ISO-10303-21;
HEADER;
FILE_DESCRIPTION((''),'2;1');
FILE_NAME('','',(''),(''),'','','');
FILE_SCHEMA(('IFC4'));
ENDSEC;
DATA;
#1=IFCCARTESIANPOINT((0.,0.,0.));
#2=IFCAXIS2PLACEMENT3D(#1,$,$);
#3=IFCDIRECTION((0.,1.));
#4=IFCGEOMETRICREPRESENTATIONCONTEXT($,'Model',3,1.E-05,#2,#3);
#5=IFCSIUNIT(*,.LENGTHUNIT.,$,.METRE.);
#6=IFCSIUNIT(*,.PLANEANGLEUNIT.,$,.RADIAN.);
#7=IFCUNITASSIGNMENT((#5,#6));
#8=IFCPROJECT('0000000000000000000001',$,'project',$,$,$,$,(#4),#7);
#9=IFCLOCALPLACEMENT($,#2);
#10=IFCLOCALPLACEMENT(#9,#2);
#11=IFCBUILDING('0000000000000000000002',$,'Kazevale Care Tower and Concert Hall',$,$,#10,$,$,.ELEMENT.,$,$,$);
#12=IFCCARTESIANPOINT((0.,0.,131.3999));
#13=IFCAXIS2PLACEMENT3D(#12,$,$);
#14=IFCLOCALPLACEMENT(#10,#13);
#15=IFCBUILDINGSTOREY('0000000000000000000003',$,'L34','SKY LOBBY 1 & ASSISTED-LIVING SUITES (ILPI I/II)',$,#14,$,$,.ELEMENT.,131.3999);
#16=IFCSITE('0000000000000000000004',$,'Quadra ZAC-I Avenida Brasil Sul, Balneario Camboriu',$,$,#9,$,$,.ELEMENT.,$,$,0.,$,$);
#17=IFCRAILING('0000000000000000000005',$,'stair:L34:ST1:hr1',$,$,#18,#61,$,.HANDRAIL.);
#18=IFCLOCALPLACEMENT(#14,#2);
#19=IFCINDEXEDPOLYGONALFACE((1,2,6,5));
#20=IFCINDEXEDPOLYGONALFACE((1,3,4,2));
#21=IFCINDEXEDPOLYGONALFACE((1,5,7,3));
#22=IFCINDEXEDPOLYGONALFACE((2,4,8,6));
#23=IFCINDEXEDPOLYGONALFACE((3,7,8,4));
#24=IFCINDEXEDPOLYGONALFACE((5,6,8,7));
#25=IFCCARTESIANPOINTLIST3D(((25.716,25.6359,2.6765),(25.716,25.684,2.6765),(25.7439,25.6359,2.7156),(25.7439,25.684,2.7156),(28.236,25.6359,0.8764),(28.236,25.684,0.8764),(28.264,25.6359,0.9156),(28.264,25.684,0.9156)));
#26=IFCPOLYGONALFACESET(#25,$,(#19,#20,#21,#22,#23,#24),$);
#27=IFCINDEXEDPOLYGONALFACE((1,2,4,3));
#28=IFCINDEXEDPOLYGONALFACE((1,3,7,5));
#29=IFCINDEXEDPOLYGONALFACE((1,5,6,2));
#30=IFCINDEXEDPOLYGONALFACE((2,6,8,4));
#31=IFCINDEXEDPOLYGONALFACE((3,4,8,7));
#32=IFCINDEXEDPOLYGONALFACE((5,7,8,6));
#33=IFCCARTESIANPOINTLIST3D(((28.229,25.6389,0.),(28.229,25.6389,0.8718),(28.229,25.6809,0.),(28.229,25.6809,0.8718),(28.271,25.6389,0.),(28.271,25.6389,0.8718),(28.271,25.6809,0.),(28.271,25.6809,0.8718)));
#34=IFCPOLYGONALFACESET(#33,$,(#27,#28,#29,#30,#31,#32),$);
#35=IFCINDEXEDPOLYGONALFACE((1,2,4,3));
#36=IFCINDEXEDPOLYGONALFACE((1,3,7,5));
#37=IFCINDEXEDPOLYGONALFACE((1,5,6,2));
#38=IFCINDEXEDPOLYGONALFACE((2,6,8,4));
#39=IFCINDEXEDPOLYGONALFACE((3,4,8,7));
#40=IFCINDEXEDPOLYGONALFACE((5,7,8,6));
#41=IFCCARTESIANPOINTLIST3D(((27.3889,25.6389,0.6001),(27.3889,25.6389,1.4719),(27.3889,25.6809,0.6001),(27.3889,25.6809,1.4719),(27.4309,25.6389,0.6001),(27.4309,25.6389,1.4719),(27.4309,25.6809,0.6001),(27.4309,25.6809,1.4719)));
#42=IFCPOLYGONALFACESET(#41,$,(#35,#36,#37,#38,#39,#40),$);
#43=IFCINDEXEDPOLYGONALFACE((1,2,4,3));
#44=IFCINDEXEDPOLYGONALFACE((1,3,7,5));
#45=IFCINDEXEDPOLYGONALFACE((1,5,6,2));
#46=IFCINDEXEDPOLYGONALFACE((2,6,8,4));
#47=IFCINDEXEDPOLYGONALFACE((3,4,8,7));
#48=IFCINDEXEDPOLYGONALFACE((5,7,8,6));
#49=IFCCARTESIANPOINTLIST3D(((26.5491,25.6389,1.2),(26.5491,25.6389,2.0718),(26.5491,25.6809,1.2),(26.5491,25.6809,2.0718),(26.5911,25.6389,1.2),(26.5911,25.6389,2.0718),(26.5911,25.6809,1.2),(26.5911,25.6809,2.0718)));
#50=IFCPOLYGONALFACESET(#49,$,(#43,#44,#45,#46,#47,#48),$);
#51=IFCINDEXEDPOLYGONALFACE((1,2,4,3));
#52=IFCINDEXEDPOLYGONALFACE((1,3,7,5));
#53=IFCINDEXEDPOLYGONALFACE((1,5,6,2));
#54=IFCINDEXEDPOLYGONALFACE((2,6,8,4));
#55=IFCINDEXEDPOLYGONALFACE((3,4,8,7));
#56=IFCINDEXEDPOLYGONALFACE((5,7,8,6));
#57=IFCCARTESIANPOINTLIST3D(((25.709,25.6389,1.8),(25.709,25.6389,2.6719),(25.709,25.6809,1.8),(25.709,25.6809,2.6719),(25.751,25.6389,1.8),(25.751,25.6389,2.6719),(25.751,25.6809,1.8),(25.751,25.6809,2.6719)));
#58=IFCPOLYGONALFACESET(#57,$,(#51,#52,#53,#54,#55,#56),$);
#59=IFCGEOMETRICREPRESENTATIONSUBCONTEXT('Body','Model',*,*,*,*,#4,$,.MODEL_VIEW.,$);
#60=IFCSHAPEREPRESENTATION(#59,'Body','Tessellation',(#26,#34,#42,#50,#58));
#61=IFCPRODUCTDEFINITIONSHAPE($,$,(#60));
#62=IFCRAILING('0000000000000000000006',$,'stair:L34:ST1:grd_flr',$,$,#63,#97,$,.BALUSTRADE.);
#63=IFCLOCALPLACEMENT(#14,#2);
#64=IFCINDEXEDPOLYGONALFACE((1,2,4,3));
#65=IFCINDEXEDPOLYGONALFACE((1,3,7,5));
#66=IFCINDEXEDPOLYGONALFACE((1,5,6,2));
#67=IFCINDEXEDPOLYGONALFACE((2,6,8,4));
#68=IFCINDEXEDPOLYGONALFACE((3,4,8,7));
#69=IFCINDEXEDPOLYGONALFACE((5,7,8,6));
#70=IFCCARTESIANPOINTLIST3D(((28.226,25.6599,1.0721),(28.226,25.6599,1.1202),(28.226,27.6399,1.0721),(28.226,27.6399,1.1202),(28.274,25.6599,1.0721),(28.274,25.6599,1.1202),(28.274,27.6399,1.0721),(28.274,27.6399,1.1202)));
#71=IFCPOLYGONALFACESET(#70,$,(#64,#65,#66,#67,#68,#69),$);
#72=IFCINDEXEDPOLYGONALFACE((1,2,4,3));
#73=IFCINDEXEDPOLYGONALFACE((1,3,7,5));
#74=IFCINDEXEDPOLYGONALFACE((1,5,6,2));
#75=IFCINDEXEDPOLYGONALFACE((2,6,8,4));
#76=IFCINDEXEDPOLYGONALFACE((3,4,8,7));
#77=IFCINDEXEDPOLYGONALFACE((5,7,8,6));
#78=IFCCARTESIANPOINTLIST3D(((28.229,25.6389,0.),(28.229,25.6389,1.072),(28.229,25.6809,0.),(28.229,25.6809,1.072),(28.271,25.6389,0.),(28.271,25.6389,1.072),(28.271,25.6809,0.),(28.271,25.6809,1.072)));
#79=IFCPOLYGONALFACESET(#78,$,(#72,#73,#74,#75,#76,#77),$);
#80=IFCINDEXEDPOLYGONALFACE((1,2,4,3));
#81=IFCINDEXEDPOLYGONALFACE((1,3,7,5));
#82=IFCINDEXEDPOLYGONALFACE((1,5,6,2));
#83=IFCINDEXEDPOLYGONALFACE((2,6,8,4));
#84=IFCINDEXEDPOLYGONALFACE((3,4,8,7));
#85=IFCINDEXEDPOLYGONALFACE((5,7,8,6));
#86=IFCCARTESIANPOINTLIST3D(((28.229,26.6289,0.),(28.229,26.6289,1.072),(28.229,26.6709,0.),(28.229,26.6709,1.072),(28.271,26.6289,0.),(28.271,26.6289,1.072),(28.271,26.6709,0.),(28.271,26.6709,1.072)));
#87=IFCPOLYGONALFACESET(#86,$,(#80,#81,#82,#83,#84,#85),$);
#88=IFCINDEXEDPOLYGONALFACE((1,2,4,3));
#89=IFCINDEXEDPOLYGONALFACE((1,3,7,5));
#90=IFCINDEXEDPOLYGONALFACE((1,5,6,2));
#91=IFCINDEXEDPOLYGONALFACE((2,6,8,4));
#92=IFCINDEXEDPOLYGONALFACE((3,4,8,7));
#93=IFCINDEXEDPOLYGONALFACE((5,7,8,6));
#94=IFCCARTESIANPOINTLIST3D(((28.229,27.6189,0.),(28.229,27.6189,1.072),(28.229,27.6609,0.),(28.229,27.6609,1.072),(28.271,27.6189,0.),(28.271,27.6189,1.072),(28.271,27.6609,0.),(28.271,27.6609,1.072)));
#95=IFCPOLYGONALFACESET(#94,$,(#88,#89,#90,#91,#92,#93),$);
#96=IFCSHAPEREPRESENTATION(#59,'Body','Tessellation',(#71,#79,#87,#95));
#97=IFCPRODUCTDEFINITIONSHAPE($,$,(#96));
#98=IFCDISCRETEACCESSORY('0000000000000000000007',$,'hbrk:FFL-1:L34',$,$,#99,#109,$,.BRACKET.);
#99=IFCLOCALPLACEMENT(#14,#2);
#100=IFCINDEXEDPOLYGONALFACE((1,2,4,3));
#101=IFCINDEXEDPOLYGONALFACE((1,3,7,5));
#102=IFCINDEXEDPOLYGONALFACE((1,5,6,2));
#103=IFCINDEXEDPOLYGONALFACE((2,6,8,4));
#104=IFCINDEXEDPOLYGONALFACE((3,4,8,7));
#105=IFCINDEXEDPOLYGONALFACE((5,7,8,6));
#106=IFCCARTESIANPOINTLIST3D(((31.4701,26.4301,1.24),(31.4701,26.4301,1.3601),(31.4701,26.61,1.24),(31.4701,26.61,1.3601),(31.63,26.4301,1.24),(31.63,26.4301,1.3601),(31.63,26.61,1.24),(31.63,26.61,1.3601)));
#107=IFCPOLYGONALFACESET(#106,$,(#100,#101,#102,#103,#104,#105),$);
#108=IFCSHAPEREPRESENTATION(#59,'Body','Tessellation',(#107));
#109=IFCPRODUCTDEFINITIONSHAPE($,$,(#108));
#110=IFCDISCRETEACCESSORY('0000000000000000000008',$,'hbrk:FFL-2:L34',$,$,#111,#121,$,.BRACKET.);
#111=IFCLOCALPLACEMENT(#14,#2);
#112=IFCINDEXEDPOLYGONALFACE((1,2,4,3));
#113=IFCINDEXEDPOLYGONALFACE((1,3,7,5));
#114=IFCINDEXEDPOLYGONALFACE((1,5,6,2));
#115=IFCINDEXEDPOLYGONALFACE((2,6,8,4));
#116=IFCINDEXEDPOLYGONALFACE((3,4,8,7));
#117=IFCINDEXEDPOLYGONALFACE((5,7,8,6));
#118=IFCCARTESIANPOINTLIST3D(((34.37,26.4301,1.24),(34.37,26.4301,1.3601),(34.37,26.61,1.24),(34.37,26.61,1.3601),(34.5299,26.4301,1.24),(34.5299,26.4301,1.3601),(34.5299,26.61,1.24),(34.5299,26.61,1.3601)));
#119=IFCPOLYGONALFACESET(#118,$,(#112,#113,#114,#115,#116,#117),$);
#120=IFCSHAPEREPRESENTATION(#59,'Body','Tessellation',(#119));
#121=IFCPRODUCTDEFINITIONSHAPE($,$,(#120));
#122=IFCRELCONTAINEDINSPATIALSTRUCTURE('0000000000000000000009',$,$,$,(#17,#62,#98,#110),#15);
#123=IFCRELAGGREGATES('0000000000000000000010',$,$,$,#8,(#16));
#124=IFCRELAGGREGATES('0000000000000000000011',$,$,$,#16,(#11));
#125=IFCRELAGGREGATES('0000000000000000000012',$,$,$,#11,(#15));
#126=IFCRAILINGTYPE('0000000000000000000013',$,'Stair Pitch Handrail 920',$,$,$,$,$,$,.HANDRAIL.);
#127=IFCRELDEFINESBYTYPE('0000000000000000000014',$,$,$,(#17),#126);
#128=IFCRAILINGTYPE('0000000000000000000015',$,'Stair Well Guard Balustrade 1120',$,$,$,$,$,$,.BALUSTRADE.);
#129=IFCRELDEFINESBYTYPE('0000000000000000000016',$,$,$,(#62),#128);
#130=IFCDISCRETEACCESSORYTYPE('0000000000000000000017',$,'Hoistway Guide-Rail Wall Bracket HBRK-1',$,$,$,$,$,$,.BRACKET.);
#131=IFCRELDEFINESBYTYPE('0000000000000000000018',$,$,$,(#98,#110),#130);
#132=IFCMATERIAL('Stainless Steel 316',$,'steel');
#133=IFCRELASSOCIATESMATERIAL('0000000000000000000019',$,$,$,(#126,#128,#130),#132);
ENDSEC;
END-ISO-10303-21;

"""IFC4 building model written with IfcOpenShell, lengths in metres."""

from ifc_helpers import new_model, si_unit, direction, frame, origin, origin_2d, place, context, subcontext, project, spatial, rectangle, extrude, material, type_object, element, save


model = new_model("IFC4")

# Units and contexts
model_context = context("Model", 3, precision=1e-05, world=origin(), true_north=direction((0.0, 1.0)))
body_context = subcontext(model_context, "Body", "Model", "MODEL_VIEW")
ifc_project = project(units=[si_unit("LENGTHUNIT", "METRE"), si_unit("PLANEANGLEUNIT", "RADIAN")], contexts=[model_context])

# Site, building, storey
site_placement = place(None, origin())
site = spatial("IfcSite", under=ifc_project, at=site_placement, Name="Quadra ZAC-I Avenida Brasil Sul, Balneario Camboriu", CompositionType="ELEMENT", RefElevation=0.0)
building_placement = place(site_placement, origin())
building = spatial("IfcBuilding", under=site, at=building_placement, Name="Kazevale Care Tower and Concert Hall", CompositionType="ELEMENT")
storey_placement = place(building_placement, frame((0.0, 0.0, 131.3999)))
storey = spatial("IfcBuildingStorey", under=building, at=storey_placement, Name="L34", Description="SKY LOBBY 1 & ASSISTED-LIVING SUITES (ILPI I/II)", CompositionType="ELEMENT", Elevation=131.3999)

# Shared definitions
ifc_material_1 = material(Name="Stainless Steel 316", Category="steel")

# Railings
railing_type_1 = type_object("IfcRailingType", Name="Stair Pitch Handrail 920", PredefinedType="HANDRAIL", material=ifc_material_1)
railing_1_placement = place(storey_placement, frame((28.25, 25.6599, 0.0)))
element("IfcRailing", 1, at=railing_1_placement, inside=storey, type_object=railing_type_1, Name="stair:L34:ST1:hr1", PredefinedType="HANDRAIL", context=body_context, shape_type="SweptSolid", body=[
    extrude(rectangle(XDim=0.0481, YDim=0.0481, at=origin_2d()), frame((0.0, 0.0, 0.896), z_axis=(-0.813728, 0.0, 0.581246), x_axis=(0.0, -1.0, 0.0)), (0.0, 0.0, 1.0), 3.0969),
    extrude(rectangle(XDim=0.042, YDim=0.042, at=origin_2d()), origin(), (0.0, 0.0, 1.0), 0.8718),
    extrude(rectangle(XDim=0.042, YDim=0.042, at=origin_2d()), frame((-0.8401, 0.0, 0.6001)), (0.0, 0.0, 1.0), 0.8718),
    extrude(rectangle(XDim=0.042, YDim=0.042, at=origin_2d()), frame((-1.6799, 0.0, 1.2)), (0.0, 0.0, 1.0), 0.8718),
    extrude(rectangle(XDim=0.042, YDim=0.042, at=origin_2d()), frame((-2.52, 0.0, 1.8)), (0.0, 0.0, 1.0), 0.8718),
])
railing_type_2 = type_object("IfcRailingType", Name="Stair Well Guard Balustrade 1120", PredefinedType="BALUSTRADE", material=ifc_material_1)
railing_2_placement = place(storey_placement, frame((28.25, 25.6599, 0.0)))
element("IfcRailing", 2, at=railing_2_placement, inside=storey, type_object=railing_type_2, Name="stair:L34:ST1:grd_flr", PredefinedType="BALUSTRADE", context=body_context, shape_type="SweptSolid", body=[
    extrude(rectangle(XDim=0.0481, YDim=0.0481, at=origin_2d()), frame((0.0, 0.0, 1.0962), z_axis=(0.0, 1.0, 0.0), x_axis=(-1.0, 0.0, 0.0)), (0.0, 0.0, 1.0), 1.98),
    extrude(rectangle(XDim=0.042, YDim=0.042, at=origin_2d()), origin(), (0.0, 0.0, 1.0), 1.072),
    extrude(rectangle(XDim=0.042, YDim=0.042, at=origin_2d()), frame((0.0, 0.99, 0.0)), (0.0, 0.0, 1.0), 1.072),
    extrude(rectangle(XDim=0.042, YDim=0.042, at=origin_2d()), frame((0.0, 1.98, 0.0)), (0.0, 0.0, 1.0), 1.072),
])

# Discrete accessories
discrete_accessory_type = type_object("IfcDiscreteAccessoryType", Name="Hoistway Guide-Rail Wall Bracket HBRK-1", PredefinedType="BRACKET", material=ifc_material_1)
for number, where, z_axis, x_axis, name in (
    (3, (31.55, 26.52, 1.24), (0.0, 0.0, 1.0), (1.0, 0.0, 0.0), "hbrk:FFL-1:L34"),
    (4, (34.45, 26.52, 1.24), (0.0, 0.0, 1.0), (1.0, 0.0, 0.0), "hbrk:FFL-2:L34"),
):
    element("IfcDiscreteAccessory", number, at=place(storey_placement, frame(where, z_axis=z_axis, x_axis=x_axis)), inside=storey, type_object=discrete_accessory_type, Name=name, PredefinedType="BRACKET", context=body_context, shape_type="SweptSolid", body=[
        extrude(rectangle(XDim=0.1599, YDim=0.1799, at=origin_2d()), origin(), (0.0, 0.0, 1.0), 0.1201),
    ])

save(model, "model.ifc")
